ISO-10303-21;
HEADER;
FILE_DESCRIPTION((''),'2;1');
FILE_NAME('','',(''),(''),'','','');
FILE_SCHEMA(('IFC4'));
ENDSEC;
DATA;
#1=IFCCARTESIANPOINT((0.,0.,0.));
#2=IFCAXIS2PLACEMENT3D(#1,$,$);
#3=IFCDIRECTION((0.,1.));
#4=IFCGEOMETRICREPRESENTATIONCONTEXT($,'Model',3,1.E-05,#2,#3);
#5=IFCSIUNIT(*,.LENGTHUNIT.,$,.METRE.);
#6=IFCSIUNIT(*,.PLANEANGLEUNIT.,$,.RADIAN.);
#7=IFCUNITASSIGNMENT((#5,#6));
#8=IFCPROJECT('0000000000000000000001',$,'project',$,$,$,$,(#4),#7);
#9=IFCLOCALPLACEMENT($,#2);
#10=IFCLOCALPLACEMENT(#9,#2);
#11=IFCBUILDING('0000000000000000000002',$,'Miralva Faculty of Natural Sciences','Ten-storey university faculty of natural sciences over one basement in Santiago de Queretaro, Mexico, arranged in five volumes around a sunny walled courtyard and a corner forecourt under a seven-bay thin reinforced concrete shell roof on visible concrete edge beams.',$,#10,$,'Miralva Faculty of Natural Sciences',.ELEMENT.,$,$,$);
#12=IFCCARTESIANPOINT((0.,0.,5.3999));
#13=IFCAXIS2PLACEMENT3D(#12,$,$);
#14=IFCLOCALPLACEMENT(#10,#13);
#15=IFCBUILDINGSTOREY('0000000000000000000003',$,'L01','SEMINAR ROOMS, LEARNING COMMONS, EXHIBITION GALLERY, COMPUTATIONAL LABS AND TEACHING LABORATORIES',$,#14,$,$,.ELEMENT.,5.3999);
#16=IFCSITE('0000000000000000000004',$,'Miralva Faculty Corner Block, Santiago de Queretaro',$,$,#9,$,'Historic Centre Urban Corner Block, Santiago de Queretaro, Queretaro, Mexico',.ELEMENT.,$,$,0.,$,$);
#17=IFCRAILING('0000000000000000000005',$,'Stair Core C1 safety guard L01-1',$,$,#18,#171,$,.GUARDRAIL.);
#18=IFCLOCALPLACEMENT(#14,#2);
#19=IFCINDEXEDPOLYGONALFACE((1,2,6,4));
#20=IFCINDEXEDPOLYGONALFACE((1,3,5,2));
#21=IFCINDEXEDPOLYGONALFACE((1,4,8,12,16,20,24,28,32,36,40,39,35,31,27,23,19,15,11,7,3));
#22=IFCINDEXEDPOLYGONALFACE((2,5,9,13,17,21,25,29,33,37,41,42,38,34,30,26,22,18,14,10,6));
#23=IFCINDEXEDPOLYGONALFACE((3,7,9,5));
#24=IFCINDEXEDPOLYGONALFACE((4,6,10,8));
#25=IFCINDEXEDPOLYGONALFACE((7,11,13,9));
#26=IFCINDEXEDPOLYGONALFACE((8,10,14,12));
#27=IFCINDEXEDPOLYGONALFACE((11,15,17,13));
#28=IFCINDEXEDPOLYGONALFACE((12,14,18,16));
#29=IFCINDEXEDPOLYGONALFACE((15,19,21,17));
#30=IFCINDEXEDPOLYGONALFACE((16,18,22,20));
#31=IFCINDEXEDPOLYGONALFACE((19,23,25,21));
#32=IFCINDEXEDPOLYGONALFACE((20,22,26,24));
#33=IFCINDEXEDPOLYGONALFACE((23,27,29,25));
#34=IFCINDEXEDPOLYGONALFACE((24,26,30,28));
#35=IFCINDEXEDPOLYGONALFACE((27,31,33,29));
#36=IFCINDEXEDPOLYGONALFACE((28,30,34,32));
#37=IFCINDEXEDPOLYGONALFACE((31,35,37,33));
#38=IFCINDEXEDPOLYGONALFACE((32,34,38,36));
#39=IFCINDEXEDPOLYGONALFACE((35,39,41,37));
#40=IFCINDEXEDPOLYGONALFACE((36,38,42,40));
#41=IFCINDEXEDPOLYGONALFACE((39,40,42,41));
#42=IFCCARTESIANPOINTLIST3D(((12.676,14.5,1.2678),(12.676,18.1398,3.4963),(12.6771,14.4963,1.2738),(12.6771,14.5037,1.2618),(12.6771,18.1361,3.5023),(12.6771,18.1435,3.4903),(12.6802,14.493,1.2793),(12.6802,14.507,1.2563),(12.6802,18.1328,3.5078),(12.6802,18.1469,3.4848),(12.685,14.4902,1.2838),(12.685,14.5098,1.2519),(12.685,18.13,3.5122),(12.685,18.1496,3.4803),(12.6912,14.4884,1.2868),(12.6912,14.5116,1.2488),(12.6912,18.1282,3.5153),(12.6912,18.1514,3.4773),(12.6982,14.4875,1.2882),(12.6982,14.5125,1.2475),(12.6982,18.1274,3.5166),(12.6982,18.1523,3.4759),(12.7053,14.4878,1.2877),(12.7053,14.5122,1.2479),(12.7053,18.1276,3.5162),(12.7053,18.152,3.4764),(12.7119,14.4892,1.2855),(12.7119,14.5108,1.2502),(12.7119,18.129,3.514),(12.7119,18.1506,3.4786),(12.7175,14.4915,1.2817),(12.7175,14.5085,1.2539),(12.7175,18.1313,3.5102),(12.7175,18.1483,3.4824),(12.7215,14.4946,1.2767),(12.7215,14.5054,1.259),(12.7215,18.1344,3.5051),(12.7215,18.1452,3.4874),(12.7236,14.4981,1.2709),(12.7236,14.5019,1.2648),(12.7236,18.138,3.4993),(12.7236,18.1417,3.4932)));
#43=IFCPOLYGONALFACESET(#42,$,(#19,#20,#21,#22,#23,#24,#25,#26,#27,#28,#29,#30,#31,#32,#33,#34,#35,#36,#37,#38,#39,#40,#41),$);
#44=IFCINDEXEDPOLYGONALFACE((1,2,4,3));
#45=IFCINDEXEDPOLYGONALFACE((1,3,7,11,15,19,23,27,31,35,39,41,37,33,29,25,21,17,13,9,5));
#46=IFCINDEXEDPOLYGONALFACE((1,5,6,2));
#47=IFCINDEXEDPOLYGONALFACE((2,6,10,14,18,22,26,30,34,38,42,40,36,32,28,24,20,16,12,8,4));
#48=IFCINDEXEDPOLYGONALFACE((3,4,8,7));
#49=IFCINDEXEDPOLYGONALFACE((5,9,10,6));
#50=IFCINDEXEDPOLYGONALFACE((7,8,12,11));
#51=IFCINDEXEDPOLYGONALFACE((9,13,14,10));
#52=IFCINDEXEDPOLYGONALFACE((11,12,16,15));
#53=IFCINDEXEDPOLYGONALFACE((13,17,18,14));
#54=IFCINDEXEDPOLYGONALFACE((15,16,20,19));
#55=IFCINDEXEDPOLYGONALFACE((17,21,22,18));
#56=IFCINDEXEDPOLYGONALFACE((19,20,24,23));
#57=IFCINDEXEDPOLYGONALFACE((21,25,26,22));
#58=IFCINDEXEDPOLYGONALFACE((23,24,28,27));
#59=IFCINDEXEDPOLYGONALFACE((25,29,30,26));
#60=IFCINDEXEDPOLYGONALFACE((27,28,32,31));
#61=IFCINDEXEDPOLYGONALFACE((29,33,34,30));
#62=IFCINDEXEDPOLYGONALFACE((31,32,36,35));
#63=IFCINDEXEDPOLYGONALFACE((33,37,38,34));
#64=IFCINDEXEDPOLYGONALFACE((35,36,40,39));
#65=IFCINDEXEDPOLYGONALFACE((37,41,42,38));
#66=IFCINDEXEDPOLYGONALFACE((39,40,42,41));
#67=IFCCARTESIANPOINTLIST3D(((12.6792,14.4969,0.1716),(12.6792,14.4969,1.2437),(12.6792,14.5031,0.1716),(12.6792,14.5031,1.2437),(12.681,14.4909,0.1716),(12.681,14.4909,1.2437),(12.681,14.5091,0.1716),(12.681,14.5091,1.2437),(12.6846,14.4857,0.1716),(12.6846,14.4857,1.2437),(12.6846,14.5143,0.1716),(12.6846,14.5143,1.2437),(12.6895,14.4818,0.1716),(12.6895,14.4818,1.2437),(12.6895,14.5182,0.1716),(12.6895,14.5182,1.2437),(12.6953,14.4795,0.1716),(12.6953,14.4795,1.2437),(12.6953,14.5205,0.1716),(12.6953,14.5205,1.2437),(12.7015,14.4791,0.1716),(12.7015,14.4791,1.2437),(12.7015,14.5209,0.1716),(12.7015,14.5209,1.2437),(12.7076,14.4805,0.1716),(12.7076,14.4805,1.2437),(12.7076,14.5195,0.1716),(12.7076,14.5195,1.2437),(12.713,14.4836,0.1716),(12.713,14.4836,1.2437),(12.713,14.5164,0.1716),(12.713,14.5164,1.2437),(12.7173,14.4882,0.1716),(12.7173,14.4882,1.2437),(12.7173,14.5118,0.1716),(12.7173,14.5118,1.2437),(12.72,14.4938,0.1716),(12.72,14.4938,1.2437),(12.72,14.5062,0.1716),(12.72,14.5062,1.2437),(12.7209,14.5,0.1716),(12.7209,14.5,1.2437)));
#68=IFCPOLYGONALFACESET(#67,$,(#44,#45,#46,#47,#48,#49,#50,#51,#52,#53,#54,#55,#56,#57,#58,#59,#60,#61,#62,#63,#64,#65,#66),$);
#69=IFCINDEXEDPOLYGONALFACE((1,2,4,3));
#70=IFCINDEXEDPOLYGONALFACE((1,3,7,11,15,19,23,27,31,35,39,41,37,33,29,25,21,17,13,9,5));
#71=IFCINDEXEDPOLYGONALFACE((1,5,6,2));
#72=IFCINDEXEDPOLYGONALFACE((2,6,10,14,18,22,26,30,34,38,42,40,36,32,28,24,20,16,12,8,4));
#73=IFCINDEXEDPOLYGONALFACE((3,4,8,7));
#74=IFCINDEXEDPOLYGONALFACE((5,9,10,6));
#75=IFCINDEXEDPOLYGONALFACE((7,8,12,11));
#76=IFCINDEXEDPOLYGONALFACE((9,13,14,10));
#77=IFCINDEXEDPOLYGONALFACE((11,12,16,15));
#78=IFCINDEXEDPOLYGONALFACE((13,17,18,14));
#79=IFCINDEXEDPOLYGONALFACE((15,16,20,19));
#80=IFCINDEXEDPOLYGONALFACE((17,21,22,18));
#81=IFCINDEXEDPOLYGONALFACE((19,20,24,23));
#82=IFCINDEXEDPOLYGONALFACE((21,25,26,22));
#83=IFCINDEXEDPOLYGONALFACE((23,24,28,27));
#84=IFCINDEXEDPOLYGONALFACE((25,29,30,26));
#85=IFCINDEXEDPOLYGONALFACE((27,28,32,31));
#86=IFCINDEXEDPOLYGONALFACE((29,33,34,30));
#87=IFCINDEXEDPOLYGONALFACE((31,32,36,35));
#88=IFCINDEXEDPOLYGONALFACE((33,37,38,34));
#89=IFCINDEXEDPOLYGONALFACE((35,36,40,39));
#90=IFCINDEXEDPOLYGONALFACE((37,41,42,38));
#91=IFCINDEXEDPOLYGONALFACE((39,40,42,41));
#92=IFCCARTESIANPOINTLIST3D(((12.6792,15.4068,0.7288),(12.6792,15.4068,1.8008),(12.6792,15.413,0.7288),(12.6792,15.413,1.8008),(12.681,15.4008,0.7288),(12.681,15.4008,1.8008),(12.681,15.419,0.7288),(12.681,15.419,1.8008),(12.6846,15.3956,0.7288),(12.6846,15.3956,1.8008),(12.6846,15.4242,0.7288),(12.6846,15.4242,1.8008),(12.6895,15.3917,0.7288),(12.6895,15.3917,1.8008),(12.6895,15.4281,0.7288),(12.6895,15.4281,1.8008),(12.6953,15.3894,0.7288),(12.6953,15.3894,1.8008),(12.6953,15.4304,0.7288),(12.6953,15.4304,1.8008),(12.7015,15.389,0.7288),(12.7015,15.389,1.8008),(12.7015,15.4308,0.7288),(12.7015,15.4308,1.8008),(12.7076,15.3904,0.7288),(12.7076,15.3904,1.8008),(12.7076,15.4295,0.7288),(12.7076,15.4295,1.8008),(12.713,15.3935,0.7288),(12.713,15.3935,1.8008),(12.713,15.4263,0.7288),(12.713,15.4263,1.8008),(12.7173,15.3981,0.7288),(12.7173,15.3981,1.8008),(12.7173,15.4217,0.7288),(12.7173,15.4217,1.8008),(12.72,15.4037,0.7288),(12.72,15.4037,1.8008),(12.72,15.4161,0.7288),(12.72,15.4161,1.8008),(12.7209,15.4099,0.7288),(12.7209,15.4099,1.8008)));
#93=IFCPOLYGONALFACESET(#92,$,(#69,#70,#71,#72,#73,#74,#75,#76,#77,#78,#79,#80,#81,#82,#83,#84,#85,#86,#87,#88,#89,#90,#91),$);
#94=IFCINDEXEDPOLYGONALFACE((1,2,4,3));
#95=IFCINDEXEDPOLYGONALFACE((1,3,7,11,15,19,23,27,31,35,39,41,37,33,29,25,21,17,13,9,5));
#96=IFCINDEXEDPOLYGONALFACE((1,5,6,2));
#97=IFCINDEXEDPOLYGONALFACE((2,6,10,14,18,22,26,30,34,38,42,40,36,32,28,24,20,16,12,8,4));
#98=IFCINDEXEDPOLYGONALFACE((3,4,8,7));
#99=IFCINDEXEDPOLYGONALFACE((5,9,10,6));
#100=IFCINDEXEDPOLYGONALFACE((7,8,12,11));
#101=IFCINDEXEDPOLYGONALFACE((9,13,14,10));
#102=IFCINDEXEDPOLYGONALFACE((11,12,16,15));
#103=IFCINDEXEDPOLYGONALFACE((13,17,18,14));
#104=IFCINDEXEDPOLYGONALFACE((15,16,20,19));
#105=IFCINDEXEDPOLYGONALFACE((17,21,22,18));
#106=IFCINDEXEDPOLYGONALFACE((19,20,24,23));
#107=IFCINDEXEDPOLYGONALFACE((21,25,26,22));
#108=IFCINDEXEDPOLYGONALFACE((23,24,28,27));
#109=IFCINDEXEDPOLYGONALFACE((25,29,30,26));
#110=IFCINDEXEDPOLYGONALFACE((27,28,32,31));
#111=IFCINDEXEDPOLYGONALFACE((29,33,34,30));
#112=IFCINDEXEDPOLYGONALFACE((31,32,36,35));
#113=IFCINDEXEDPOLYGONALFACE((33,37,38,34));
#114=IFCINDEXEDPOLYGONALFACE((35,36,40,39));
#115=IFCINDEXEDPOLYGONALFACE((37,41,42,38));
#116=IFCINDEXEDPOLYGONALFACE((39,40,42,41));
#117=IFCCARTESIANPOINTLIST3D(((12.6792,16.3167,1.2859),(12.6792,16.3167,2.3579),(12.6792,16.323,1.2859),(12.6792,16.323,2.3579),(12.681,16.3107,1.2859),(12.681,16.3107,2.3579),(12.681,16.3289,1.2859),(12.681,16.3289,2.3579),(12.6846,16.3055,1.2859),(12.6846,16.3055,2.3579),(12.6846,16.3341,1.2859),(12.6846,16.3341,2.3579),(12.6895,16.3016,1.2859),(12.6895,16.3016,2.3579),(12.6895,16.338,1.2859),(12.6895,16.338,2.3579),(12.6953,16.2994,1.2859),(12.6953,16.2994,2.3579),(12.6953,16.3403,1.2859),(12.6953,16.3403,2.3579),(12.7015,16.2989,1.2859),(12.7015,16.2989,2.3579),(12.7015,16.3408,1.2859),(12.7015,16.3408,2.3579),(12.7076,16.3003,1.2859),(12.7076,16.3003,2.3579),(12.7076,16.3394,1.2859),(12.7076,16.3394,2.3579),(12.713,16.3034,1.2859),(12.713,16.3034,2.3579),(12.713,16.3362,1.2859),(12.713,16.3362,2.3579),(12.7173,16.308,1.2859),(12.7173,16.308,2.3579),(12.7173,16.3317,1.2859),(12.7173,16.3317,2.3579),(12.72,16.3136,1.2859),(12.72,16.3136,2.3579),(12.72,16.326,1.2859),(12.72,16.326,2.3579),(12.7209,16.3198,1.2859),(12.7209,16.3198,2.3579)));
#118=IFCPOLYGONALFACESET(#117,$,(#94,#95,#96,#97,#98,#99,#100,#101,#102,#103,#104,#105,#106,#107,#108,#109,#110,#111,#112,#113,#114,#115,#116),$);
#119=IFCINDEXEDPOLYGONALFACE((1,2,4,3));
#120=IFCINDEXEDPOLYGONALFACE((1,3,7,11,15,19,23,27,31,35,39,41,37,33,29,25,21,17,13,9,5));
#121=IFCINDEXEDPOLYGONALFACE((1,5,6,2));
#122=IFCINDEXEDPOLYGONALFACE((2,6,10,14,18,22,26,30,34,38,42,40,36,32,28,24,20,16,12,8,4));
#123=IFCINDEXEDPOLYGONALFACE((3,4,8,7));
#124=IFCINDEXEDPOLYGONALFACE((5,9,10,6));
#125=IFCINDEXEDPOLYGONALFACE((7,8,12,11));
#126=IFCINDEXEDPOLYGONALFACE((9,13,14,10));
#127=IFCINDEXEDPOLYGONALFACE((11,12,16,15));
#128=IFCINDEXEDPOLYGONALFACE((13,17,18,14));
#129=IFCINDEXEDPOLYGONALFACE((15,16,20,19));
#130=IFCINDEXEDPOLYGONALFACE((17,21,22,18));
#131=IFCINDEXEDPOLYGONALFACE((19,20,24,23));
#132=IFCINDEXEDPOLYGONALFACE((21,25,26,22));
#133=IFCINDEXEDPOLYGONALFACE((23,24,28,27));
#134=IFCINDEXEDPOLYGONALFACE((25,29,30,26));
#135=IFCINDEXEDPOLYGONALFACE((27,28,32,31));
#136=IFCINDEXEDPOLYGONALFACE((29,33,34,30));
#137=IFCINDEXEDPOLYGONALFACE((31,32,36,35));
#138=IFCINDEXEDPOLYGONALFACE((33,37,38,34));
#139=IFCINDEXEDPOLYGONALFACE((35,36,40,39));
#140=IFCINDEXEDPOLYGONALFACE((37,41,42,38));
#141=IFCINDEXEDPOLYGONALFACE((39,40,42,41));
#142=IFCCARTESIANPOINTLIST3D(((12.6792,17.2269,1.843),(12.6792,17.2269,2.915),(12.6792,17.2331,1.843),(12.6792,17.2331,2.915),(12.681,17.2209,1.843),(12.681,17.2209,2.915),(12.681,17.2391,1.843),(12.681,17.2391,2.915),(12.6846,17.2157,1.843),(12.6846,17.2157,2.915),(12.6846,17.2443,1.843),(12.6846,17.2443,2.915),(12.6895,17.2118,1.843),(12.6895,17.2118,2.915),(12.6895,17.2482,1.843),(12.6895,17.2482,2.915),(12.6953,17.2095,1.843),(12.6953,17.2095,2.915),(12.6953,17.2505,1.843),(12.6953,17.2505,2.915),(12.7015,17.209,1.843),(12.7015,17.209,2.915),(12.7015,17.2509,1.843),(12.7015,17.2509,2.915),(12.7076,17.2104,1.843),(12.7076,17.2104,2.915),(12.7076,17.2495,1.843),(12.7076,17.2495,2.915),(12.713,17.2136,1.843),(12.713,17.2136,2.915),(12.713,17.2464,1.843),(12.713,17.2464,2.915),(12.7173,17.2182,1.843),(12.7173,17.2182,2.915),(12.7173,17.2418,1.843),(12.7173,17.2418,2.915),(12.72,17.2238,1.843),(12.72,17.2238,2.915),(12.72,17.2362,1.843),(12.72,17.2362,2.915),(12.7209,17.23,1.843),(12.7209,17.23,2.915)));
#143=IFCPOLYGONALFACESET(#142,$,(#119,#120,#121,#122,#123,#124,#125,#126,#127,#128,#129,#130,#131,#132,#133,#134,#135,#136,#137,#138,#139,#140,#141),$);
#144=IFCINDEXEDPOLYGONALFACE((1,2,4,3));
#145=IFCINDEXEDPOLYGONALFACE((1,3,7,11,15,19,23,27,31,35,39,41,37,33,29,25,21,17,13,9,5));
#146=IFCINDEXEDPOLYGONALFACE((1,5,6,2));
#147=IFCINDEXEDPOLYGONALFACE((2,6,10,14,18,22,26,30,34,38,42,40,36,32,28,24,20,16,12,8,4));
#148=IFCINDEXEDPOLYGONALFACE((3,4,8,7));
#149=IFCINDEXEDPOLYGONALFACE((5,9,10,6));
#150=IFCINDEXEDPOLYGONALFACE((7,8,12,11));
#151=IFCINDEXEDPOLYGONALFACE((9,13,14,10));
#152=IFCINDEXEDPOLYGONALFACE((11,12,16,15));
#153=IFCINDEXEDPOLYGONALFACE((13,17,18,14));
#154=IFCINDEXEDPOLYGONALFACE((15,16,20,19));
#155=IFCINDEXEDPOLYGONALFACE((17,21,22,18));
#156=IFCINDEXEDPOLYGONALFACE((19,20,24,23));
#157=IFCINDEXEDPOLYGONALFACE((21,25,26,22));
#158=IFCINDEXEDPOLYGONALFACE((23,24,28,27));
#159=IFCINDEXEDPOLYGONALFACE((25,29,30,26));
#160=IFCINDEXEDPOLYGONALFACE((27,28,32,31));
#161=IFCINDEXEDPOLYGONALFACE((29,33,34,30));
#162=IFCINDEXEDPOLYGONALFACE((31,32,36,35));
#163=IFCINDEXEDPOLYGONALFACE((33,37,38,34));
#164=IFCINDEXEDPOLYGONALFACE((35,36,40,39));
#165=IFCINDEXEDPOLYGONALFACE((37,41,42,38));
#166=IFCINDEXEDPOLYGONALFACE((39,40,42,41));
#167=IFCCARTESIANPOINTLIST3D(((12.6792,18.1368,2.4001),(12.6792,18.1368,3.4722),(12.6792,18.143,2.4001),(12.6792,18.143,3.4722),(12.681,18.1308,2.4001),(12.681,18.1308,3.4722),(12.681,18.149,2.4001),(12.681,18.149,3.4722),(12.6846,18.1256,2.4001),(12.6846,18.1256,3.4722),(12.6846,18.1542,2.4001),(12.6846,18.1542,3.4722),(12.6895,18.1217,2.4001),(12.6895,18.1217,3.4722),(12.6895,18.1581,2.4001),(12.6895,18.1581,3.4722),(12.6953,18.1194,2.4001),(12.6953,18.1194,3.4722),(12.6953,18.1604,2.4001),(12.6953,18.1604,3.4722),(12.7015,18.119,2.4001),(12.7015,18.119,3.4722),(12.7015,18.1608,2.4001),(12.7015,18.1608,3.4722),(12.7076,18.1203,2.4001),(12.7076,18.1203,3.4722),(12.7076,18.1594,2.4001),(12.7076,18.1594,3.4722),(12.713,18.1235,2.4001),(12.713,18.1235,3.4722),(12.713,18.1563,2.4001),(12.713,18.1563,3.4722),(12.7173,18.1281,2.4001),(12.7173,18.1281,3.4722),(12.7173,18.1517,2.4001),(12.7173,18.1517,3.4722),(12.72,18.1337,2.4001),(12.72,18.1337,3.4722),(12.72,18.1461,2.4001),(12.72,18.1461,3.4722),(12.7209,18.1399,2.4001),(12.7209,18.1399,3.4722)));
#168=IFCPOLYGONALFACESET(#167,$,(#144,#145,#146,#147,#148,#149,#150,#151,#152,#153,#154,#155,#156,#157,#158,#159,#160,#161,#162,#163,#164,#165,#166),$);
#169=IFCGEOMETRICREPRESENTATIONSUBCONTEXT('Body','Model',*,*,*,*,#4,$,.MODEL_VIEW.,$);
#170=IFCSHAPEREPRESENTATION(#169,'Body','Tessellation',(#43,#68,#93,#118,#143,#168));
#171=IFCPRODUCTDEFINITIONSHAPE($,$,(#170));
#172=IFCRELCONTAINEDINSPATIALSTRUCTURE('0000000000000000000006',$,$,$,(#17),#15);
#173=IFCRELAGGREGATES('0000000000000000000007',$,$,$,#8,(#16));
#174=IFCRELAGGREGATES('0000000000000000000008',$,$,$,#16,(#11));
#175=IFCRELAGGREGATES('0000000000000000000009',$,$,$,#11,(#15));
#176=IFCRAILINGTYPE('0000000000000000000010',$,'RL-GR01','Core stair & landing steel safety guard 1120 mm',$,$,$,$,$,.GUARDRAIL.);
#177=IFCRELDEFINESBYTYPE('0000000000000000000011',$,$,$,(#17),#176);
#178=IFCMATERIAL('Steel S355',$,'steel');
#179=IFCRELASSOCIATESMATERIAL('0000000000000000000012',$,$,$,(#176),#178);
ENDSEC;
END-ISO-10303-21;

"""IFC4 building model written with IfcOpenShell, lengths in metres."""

from ifc_helpers import new_model, si_unit, direction, frame, origin, origin_2d, place, context, subcontext, project, spatial, circle, extrude, material, type_object, element, save


model = new_model("IFC4")

# Units and contexts
model_context = context("Model", 3, precision=1e-05, world=origin(), true_north=direction((0.0, 1.0)))
body_context = subcontext(model_context, "Body", "Model", "MODEL_VIEW")
ifc_project = project(units=[si_unit("LENGTHUNIT", "METRE"), si_unit("PLANEANGLEUNIT", "RADIAN")], contexts=[model_context])

# Site, building, storey
site_placement = place(None, origin())
site = spatial("IfcSite", under=ifc_project, at=site_placement, Name="Miralva Faculty Corner Block, Santiago de Queretaro", LongName="Historic Centre Urban Corner Block, Santiago de Queretaro, Queretaro, Mexico", CompositionType="ELEMENT", RefElevation=0.0)
building_placement = place(site_placement, origin())
building = spatial("IfcBuilding", under=site, at=building_placement, Name="Miralva Faculty of Natural Sciences", Description="Ten-storey university faculty of natural sciences over one basement in Santiago de Queretaro, Mexico, arranged in five volumes around a sunny walled courtyard and a corner forecourt under a seven-bay thin reinforced concrete shell roof on visible concrete edge beams.", LongName="Miralva Faculty of Natural Sciences", CompositionType="ELEMENT")
storey_placement = place(building_placement, frame((0.0, 0.0, 5.3999)))
storey = spatial("IfcBuildingStorey", under=building, at=storey_placement, Name="L01", Description="SEMINAR ROOMS, LEARNING COMMONS, EXHIBITION GALLERY, COMPUTATIONAL LABS AND TEACHING LABORATORIES", CompositionType="ELEMENT", Elevation=5.3999)

# Railing
ifc_material_1 = material(Name="Steel S355", Category="steel")
railing_type_1 = type_object("IfcRailingType", Name="RL-GR01", Description="Core stair & landing steel safety guard 1120 mm", PredefinedType="GUARDRAIL", material=ifc_material_1)
railing_1_placement = place(storey_placement, frame((12.7, 14.5, 0.1716)))
element("IfcRailing", 1, at=railing_1_placement, inside=storey, type_object=railing_type_1, Name="Stair Core C1 safety guard L01-1", PredefinedType="GUARDRAIL", context=body_context, shape_type="SweptSolid", body=[
    extrude(circle(Radius=0.0239, at=origin_2d()), frame((0.0, 0.0, 1.0962), z_axis=(0.0, 0.85285, 0.522156), x_axis=(-1.0, 0.0, 0.0)), (0.0, 0.0, 1.0), 4.2678),
    extrude(circle(Radius=0.021, at=origin_2d()), origin(), (0.0, 0.0, 1.0), 1.072),
    extrude(circle(Radius=0.021, at=origin_2d()), frame((0.0, 0.9099, 0.5571)), (0.0, 0.0, 1.0), 1.072),
    extrude(circle(Radius=0.021, at=origin_2d()), frame((0.0, 1.8198, 1.1143)), (0.0, 0.0, 1.0), 1.072),
    extrude(circle(Radius=0.021, at=origin_2d()), frame((0.0, 2.73, 1.6714)), (0.0, 0.0, 1.0), 1.072),
    extrude(circle(Radius=0.021, at=origin_2d()), frame((0.0, 3.6399, 2.2285)), (0.0, 0.0, 1.0), 1.072),
])

save(model, "model.ifc")
